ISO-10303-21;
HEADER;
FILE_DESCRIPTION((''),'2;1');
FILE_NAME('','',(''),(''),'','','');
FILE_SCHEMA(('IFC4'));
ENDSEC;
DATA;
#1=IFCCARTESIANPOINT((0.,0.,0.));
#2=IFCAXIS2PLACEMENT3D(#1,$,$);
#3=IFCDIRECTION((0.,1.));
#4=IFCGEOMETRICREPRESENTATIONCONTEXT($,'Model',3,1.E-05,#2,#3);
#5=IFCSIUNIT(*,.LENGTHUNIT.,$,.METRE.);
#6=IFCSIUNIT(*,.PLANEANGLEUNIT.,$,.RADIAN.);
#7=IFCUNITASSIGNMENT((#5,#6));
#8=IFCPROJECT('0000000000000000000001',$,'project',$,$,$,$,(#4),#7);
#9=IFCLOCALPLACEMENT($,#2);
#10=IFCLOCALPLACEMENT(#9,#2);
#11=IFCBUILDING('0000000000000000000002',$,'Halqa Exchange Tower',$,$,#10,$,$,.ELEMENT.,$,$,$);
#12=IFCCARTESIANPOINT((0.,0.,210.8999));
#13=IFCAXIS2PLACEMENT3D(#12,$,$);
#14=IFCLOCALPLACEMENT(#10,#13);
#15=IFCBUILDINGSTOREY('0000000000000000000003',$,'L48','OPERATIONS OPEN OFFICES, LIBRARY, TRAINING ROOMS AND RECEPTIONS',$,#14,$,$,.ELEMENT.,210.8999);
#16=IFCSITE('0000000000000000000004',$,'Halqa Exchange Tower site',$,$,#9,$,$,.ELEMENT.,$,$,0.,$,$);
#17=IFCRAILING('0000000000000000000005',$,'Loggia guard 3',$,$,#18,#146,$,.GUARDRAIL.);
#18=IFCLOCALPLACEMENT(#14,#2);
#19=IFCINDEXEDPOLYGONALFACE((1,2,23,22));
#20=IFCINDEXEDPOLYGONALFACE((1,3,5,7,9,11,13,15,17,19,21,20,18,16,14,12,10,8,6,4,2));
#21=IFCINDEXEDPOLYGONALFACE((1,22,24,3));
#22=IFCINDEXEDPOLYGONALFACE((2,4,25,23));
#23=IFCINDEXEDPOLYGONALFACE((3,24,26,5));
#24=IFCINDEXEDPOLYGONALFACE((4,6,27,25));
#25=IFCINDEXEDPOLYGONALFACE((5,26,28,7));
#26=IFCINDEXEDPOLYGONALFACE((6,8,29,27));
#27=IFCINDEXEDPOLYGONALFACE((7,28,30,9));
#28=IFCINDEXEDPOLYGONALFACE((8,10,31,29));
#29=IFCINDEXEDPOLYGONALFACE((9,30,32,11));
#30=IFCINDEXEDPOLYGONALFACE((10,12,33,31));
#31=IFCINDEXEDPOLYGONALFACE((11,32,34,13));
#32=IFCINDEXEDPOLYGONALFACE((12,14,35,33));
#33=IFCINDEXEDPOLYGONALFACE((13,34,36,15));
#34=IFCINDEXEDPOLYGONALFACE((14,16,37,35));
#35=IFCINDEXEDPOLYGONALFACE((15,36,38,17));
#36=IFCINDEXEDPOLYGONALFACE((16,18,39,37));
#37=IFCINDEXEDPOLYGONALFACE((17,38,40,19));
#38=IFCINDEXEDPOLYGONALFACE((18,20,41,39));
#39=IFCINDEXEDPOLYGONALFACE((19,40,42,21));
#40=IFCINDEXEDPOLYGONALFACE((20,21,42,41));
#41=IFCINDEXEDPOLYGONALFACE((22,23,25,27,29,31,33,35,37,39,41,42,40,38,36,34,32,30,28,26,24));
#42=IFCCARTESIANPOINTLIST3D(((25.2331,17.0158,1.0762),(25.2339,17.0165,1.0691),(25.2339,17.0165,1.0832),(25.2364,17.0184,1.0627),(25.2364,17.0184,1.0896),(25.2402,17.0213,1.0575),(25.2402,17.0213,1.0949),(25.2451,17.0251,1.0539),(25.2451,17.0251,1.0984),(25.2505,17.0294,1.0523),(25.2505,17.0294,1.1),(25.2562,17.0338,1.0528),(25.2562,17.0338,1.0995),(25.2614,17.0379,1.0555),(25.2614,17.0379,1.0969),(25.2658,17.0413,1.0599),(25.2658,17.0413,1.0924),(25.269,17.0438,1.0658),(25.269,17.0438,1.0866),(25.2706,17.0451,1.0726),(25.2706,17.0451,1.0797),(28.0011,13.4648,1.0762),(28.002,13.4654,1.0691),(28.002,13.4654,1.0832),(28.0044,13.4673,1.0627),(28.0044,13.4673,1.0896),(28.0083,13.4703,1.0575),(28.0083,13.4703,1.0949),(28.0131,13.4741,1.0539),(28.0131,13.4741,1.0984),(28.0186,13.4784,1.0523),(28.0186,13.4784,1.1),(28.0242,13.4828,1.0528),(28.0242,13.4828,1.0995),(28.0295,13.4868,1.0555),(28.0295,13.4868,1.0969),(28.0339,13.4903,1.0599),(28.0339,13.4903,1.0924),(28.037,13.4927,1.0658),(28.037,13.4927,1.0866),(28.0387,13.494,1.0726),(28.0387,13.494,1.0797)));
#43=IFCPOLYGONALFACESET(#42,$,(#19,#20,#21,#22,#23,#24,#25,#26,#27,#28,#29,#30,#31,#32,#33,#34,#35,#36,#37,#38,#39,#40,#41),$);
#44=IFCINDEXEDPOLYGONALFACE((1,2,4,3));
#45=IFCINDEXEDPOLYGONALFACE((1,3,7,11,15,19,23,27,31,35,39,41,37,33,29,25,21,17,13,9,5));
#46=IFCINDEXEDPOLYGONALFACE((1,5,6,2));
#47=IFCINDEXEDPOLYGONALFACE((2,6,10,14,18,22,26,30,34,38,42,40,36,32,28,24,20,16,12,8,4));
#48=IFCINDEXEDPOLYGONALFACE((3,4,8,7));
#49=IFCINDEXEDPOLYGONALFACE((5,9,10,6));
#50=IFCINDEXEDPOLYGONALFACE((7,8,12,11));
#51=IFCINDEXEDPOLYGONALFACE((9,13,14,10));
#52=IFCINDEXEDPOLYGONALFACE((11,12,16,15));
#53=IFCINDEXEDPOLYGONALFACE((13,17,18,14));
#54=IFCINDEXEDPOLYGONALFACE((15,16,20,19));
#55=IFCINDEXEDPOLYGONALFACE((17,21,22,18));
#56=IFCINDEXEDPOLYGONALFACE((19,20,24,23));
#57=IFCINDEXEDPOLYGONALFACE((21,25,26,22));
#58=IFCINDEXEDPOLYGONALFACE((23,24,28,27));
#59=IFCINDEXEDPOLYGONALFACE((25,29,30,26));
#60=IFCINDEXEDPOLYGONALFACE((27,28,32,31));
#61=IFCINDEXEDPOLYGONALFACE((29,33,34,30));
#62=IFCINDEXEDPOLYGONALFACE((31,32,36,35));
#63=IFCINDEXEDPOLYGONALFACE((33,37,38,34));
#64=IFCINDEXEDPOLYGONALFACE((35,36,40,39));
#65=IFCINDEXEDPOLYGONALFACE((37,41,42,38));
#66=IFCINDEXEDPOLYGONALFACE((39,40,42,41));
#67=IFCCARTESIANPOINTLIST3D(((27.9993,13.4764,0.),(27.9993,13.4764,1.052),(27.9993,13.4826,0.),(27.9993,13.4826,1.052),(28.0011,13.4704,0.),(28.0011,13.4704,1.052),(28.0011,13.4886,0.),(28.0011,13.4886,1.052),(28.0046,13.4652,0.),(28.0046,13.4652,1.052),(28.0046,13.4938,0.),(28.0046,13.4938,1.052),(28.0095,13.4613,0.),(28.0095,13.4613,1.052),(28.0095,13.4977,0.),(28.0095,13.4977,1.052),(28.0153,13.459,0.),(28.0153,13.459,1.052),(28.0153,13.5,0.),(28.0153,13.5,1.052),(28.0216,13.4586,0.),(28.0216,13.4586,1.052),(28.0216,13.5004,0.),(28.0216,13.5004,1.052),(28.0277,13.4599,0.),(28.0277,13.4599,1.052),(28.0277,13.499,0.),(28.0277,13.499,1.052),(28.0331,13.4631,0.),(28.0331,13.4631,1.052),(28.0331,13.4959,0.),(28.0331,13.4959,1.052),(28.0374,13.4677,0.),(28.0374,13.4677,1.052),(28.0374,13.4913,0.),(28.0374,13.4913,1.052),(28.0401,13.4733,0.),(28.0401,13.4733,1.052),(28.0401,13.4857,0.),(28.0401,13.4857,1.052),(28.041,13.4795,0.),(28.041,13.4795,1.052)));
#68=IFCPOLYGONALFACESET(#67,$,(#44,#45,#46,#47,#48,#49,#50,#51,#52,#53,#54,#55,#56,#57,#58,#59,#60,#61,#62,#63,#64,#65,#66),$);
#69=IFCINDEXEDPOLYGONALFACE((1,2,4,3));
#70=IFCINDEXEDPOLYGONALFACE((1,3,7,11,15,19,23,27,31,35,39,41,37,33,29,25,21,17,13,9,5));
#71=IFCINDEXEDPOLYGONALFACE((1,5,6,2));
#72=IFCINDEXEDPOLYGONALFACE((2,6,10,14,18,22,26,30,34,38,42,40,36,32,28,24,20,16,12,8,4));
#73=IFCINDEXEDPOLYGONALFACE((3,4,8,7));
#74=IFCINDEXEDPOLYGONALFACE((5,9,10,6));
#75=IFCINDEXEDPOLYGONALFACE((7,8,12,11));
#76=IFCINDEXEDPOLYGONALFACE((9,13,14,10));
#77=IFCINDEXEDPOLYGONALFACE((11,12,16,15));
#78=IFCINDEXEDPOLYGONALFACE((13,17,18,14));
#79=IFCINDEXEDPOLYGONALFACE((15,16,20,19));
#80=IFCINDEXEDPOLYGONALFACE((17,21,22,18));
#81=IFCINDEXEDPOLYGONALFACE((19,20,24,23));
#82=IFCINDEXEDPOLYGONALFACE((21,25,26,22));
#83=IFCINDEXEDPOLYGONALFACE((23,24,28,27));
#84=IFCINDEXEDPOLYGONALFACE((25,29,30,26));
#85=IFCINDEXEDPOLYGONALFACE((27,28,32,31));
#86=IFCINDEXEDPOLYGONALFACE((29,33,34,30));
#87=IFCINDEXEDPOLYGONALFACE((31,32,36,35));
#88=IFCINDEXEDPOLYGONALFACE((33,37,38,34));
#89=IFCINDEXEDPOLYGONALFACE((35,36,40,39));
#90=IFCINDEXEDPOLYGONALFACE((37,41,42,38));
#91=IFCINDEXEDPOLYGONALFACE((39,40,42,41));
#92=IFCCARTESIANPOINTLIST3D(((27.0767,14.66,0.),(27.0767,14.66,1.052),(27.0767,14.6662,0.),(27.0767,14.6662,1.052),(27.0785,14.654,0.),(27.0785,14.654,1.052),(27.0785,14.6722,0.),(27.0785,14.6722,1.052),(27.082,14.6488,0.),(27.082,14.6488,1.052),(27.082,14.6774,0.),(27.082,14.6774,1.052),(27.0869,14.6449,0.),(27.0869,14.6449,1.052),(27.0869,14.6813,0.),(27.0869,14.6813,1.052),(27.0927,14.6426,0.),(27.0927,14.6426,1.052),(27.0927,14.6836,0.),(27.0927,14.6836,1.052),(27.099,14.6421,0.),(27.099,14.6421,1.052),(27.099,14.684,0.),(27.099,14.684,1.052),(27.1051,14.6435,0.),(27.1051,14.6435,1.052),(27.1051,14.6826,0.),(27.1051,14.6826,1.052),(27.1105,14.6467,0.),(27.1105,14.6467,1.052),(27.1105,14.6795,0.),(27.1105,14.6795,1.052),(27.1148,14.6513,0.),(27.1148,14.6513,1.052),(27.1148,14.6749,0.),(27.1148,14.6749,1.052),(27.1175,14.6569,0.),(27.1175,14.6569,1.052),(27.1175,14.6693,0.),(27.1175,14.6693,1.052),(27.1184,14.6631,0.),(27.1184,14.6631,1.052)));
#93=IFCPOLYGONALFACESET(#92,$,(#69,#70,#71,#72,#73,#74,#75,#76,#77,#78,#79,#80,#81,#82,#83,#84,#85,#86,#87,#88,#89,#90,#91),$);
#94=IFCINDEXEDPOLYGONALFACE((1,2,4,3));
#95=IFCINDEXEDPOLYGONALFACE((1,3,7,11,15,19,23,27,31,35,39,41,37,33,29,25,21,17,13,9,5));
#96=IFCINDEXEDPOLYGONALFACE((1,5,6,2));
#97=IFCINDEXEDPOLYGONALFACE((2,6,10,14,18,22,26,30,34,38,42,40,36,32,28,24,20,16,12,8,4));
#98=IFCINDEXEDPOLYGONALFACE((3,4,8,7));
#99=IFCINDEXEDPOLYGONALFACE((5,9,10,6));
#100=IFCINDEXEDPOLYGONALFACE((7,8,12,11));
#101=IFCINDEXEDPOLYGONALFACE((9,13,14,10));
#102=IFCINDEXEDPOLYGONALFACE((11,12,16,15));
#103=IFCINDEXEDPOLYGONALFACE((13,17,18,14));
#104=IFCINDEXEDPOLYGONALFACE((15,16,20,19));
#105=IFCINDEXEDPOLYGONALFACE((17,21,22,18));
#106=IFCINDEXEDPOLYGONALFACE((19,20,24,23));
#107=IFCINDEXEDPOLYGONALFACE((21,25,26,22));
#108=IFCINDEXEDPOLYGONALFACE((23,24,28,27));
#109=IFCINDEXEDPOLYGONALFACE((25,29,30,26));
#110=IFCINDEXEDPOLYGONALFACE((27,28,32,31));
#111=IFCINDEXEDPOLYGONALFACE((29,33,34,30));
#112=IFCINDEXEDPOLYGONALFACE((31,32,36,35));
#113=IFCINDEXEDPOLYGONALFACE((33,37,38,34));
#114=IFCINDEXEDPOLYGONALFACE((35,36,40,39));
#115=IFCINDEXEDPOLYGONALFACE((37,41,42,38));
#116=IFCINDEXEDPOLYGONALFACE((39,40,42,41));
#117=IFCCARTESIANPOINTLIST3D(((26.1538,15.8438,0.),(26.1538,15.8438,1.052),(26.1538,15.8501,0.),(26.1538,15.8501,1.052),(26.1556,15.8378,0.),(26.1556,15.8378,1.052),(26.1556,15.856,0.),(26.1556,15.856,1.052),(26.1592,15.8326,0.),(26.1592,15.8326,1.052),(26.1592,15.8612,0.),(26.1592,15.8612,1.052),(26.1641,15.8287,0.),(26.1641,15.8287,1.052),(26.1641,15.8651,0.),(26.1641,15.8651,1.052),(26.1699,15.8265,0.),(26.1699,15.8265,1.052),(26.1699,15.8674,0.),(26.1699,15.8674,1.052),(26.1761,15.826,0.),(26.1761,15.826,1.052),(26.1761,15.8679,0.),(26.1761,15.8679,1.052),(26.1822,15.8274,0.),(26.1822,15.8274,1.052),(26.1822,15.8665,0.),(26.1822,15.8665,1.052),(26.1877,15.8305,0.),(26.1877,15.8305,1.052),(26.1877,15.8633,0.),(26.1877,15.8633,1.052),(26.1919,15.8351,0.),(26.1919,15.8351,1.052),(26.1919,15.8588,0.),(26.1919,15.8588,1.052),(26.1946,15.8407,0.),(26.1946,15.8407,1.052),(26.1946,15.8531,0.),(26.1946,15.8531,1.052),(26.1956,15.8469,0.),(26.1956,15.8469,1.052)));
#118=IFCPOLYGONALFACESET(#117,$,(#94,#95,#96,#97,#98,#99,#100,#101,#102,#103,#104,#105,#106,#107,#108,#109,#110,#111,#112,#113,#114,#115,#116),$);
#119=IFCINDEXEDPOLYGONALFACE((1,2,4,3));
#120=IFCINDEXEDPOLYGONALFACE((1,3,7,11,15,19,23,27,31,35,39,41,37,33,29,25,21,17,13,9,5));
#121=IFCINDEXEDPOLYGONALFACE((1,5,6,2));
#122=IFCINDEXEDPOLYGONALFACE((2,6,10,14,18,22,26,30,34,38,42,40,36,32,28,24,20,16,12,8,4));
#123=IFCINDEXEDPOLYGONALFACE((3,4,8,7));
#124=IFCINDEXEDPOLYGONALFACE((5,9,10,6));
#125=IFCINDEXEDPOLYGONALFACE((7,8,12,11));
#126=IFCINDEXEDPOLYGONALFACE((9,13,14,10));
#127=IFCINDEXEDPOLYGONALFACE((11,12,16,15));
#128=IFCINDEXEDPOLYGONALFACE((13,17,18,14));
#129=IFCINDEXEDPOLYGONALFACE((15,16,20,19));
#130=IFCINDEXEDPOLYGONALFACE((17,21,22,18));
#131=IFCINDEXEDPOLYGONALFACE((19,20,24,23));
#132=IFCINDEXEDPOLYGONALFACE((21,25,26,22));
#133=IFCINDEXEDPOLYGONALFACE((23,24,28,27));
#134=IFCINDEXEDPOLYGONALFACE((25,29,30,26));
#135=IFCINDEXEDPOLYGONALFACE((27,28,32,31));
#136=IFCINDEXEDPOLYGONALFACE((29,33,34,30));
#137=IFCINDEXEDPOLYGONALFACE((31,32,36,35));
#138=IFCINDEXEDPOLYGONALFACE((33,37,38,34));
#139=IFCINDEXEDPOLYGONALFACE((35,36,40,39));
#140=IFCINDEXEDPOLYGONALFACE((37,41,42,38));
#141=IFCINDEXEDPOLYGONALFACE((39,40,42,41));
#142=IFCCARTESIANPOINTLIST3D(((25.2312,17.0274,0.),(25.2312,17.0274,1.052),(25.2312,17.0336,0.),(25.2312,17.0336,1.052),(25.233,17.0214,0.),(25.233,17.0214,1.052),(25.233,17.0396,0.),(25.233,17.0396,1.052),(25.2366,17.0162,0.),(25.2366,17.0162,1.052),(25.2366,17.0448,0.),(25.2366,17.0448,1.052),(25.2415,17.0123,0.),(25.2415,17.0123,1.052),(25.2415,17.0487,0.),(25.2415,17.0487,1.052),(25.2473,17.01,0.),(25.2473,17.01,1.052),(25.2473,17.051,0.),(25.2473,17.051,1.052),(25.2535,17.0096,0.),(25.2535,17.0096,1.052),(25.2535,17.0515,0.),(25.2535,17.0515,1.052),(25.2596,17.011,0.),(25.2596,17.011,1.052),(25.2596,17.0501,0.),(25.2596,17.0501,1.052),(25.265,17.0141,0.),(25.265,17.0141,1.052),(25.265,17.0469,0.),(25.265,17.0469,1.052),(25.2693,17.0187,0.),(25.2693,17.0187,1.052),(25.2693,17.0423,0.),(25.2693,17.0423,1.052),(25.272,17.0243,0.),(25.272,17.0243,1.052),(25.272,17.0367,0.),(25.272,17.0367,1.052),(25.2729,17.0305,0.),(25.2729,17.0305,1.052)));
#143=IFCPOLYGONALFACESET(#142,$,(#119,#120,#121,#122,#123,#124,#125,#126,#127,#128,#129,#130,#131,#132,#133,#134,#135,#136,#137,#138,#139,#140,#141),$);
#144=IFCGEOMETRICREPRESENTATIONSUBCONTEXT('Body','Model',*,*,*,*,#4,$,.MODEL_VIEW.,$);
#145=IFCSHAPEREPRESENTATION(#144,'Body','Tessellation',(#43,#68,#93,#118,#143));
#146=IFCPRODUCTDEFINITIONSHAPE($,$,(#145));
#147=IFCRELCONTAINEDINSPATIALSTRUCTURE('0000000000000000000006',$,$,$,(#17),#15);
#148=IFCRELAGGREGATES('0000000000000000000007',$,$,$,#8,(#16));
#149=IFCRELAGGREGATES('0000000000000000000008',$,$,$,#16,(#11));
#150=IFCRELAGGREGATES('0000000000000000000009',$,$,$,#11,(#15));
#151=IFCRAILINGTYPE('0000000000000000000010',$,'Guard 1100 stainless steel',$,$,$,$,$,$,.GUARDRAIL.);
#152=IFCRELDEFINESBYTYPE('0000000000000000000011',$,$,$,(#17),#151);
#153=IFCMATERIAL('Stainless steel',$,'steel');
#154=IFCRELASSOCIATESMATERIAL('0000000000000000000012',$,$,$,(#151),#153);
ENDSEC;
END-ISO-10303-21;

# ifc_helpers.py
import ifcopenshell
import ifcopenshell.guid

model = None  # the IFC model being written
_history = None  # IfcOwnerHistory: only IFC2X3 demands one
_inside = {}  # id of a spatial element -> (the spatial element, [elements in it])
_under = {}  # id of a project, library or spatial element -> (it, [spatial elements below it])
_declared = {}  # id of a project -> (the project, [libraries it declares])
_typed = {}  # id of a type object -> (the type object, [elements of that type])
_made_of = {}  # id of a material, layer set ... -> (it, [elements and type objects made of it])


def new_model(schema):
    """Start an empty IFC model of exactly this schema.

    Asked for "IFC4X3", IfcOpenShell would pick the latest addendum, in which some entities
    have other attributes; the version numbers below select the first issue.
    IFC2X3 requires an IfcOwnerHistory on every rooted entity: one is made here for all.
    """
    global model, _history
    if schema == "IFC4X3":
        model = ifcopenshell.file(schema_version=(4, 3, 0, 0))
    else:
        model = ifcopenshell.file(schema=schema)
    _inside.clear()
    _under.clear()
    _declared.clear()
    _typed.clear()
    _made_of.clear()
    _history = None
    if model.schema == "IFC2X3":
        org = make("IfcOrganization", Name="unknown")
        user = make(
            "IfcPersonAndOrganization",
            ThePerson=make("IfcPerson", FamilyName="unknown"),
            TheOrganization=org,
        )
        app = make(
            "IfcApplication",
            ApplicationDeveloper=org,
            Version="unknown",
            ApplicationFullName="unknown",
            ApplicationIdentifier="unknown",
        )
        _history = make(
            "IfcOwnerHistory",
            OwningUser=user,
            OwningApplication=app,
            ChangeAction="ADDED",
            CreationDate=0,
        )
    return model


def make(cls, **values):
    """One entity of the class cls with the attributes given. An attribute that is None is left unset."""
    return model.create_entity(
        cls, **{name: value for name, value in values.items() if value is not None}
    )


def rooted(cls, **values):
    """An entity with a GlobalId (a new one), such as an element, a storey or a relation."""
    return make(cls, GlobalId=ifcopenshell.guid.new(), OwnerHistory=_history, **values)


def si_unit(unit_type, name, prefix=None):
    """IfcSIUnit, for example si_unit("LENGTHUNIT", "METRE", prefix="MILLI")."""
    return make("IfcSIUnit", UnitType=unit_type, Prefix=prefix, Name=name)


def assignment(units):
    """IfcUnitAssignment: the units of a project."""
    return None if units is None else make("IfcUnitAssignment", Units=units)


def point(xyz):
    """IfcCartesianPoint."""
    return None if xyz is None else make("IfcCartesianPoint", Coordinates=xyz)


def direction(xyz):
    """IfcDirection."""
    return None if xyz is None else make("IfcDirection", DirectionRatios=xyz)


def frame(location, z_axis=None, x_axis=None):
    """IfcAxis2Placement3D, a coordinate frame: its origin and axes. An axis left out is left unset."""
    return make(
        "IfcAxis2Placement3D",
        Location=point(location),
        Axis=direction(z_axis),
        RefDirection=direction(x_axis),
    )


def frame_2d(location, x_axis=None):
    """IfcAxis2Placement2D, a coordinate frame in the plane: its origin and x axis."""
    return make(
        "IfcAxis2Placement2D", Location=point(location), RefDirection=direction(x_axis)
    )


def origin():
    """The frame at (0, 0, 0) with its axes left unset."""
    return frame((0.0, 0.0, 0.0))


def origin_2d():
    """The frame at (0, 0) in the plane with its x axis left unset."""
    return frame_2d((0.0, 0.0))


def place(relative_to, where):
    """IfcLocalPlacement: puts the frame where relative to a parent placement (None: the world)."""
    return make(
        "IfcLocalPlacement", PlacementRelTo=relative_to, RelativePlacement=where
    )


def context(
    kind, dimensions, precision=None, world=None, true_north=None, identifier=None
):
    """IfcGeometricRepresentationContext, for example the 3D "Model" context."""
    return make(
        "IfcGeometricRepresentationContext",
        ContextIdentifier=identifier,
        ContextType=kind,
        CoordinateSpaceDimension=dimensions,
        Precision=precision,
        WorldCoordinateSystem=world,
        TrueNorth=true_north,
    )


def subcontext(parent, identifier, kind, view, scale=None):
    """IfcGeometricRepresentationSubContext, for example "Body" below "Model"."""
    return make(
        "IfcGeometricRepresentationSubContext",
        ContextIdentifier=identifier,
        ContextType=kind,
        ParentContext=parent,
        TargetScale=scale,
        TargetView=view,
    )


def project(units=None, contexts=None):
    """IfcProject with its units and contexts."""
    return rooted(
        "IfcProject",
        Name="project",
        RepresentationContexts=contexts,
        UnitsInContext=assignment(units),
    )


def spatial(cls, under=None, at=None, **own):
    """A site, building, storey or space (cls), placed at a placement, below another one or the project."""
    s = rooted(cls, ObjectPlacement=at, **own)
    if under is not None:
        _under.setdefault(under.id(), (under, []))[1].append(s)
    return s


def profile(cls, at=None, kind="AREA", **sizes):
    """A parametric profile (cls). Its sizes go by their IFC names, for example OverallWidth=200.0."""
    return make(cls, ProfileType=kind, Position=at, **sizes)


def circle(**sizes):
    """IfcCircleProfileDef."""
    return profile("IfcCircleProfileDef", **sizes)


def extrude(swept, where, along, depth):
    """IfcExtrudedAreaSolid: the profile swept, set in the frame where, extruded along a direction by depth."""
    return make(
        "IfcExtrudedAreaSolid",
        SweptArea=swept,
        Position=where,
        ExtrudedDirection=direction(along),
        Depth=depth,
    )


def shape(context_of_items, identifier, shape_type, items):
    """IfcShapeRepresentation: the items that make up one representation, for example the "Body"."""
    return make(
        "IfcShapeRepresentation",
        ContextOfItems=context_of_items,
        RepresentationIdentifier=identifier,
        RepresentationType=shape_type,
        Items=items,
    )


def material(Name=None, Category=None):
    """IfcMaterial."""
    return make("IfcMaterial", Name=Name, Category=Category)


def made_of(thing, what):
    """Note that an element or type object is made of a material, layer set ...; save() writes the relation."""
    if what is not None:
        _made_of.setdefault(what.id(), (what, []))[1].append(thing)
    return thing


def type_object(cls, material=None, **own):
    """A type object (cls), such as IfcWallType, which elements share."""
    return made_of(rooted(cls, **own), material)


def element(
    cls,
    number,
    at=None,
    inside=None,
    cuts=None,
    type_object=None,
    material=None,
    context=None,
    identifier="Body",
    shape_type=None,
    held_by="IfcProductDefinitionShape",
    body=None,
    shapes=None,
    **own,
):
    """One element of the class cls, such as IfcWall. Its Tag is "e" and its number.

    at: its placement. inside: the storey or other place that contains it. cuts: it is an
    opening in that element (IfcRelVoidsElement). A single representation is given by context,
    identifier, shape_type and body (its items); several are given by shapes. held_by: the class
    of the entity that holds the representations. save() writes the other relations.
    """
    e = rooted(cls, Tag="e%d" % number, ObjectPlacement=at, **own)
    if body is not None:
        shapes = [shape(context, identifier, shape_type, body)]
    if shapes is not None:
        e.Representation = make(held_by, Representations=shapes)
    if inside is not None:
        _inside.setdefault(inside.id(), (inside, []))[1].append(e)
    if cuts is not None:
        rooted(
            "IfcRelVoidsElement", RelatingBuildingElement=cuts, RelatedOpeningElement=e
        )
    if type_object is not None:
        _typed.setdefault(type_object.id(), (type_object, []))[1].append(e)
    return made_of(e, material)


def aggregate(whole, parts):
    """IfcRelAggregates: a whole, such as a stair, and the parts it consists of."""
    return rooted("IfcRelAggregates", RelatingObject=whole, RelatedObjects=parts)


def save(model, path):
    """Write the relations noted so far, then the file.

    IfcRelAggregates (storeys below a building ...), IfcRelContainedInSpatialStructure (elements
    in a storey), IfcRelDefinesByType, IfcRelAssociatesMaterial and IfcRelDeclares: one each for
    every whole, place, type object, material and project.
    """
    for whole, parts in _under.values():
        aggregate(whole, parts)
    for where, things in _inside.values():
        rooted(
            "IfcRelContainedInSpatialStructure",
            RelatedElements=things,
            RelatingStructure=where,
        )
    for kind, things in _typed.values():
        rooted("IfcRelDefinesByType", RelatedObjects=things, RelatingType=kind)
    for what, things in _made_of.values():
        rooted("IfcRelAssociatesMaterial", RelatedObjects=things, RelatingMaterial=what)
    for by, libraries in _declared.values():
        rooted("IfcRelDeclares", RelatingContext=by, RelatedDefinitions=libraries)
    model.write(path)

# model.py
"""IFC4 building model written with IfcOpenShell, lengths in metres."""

from ifc_helpers import new_model, si_unit, direction, frame, origin, origin_2d, place, context, subcontext, project, spatial, circle, extrude, material, type_object, element, save


model = new_model("IFC4")

# Units and contexts
model_context = context("Model", 3, precision=1e-05, world=origin(), true_north=direction((0.0, 1.0)))
body_context = subcontext(model_context, "Body", "Model", "MODEL_VIEW")
ifc_project = project(units=[si_unit("LENGTHUNIT", "METRE"), si_unit("PLANEANGLEUNIT", "RADIAN")], contexts=[model_context])

# Site, building, storey
site_placement = place(None, origin())
site = spatial("IfcSite", under=ifc_project, at=site_placement, Name="Halqa Exchange Tower site", CompositionType="ELEMENT", RefElevation=0.0)
building_placement = place(site_placement, origin())
building = spatial("IfcBuilding", under=site, at=building_placement, Name="Halqa Exchange Tower", CompositionType="ELEMENT")
storey_placement = place(building_placement, frame((0.0, 0.0, 210.8999)))
storey = spatial("IfcBuildingStorey", under=building, at=storey_placement, Name="L48", Description="OPERATIONS OPEN OFFICES, LIBRARY, TRAINING ROOMS AND RECEPTIONS", CompositionType="ELEMENT", Elevation=210.8999)

# Railing
ifc_material_1 = material(Name="Stainless steel", Category="steel")
railing_type = type_object("IfcRailingType", Name="Guard 1100 stainless steel", PredefinedType="GUARDRAIL", material=ifc_material_1)
railing_1_placement = place(storey_placement, frame((28.02, 13.4795, 0.0)))
element("IfcRailing", 1, at=railing_1_placement, inside=storey, type_object=railing_type, Name="Loggia guard 3", PredefinedType="GUARDRAIL", context=body_context, shape_type="SweptSolid", body=[
    extrude(circle(Radius=0.0239, at=origin_2d()), frame((0.0, 0.0, 1.0762), z_axis=(-0.614792, 0.788689, 0.0), x_axis=(-0.788689, -0.614792, 0.0)), (0.0, 0.0, 1.0), 4.5024),
    extrude(circle(Radius=0.021, at=origin_2d()), origin(), (0.0, 0.0, 1.0), 1.052),
    extrude(circle(Radius=0.021, at=origin_2d()), frame((-0.9226, 1.1836, 0.0)), (0.0, 0.0, 1.0), 1.052),
    extrude(circle(Radius=0.021, at=origin_2d()), frame((-1.8455, 2.3674, 0.0)), (0.0, 0.0, 1.0), 1.052),
    extrude(circle(Radius=0.021, at=origin_2d()), frame((-2.7681, 3.551, 0.0)), (0.0, 0.0, 1.0), 1.052),
])

save(model, "model.ifc")
